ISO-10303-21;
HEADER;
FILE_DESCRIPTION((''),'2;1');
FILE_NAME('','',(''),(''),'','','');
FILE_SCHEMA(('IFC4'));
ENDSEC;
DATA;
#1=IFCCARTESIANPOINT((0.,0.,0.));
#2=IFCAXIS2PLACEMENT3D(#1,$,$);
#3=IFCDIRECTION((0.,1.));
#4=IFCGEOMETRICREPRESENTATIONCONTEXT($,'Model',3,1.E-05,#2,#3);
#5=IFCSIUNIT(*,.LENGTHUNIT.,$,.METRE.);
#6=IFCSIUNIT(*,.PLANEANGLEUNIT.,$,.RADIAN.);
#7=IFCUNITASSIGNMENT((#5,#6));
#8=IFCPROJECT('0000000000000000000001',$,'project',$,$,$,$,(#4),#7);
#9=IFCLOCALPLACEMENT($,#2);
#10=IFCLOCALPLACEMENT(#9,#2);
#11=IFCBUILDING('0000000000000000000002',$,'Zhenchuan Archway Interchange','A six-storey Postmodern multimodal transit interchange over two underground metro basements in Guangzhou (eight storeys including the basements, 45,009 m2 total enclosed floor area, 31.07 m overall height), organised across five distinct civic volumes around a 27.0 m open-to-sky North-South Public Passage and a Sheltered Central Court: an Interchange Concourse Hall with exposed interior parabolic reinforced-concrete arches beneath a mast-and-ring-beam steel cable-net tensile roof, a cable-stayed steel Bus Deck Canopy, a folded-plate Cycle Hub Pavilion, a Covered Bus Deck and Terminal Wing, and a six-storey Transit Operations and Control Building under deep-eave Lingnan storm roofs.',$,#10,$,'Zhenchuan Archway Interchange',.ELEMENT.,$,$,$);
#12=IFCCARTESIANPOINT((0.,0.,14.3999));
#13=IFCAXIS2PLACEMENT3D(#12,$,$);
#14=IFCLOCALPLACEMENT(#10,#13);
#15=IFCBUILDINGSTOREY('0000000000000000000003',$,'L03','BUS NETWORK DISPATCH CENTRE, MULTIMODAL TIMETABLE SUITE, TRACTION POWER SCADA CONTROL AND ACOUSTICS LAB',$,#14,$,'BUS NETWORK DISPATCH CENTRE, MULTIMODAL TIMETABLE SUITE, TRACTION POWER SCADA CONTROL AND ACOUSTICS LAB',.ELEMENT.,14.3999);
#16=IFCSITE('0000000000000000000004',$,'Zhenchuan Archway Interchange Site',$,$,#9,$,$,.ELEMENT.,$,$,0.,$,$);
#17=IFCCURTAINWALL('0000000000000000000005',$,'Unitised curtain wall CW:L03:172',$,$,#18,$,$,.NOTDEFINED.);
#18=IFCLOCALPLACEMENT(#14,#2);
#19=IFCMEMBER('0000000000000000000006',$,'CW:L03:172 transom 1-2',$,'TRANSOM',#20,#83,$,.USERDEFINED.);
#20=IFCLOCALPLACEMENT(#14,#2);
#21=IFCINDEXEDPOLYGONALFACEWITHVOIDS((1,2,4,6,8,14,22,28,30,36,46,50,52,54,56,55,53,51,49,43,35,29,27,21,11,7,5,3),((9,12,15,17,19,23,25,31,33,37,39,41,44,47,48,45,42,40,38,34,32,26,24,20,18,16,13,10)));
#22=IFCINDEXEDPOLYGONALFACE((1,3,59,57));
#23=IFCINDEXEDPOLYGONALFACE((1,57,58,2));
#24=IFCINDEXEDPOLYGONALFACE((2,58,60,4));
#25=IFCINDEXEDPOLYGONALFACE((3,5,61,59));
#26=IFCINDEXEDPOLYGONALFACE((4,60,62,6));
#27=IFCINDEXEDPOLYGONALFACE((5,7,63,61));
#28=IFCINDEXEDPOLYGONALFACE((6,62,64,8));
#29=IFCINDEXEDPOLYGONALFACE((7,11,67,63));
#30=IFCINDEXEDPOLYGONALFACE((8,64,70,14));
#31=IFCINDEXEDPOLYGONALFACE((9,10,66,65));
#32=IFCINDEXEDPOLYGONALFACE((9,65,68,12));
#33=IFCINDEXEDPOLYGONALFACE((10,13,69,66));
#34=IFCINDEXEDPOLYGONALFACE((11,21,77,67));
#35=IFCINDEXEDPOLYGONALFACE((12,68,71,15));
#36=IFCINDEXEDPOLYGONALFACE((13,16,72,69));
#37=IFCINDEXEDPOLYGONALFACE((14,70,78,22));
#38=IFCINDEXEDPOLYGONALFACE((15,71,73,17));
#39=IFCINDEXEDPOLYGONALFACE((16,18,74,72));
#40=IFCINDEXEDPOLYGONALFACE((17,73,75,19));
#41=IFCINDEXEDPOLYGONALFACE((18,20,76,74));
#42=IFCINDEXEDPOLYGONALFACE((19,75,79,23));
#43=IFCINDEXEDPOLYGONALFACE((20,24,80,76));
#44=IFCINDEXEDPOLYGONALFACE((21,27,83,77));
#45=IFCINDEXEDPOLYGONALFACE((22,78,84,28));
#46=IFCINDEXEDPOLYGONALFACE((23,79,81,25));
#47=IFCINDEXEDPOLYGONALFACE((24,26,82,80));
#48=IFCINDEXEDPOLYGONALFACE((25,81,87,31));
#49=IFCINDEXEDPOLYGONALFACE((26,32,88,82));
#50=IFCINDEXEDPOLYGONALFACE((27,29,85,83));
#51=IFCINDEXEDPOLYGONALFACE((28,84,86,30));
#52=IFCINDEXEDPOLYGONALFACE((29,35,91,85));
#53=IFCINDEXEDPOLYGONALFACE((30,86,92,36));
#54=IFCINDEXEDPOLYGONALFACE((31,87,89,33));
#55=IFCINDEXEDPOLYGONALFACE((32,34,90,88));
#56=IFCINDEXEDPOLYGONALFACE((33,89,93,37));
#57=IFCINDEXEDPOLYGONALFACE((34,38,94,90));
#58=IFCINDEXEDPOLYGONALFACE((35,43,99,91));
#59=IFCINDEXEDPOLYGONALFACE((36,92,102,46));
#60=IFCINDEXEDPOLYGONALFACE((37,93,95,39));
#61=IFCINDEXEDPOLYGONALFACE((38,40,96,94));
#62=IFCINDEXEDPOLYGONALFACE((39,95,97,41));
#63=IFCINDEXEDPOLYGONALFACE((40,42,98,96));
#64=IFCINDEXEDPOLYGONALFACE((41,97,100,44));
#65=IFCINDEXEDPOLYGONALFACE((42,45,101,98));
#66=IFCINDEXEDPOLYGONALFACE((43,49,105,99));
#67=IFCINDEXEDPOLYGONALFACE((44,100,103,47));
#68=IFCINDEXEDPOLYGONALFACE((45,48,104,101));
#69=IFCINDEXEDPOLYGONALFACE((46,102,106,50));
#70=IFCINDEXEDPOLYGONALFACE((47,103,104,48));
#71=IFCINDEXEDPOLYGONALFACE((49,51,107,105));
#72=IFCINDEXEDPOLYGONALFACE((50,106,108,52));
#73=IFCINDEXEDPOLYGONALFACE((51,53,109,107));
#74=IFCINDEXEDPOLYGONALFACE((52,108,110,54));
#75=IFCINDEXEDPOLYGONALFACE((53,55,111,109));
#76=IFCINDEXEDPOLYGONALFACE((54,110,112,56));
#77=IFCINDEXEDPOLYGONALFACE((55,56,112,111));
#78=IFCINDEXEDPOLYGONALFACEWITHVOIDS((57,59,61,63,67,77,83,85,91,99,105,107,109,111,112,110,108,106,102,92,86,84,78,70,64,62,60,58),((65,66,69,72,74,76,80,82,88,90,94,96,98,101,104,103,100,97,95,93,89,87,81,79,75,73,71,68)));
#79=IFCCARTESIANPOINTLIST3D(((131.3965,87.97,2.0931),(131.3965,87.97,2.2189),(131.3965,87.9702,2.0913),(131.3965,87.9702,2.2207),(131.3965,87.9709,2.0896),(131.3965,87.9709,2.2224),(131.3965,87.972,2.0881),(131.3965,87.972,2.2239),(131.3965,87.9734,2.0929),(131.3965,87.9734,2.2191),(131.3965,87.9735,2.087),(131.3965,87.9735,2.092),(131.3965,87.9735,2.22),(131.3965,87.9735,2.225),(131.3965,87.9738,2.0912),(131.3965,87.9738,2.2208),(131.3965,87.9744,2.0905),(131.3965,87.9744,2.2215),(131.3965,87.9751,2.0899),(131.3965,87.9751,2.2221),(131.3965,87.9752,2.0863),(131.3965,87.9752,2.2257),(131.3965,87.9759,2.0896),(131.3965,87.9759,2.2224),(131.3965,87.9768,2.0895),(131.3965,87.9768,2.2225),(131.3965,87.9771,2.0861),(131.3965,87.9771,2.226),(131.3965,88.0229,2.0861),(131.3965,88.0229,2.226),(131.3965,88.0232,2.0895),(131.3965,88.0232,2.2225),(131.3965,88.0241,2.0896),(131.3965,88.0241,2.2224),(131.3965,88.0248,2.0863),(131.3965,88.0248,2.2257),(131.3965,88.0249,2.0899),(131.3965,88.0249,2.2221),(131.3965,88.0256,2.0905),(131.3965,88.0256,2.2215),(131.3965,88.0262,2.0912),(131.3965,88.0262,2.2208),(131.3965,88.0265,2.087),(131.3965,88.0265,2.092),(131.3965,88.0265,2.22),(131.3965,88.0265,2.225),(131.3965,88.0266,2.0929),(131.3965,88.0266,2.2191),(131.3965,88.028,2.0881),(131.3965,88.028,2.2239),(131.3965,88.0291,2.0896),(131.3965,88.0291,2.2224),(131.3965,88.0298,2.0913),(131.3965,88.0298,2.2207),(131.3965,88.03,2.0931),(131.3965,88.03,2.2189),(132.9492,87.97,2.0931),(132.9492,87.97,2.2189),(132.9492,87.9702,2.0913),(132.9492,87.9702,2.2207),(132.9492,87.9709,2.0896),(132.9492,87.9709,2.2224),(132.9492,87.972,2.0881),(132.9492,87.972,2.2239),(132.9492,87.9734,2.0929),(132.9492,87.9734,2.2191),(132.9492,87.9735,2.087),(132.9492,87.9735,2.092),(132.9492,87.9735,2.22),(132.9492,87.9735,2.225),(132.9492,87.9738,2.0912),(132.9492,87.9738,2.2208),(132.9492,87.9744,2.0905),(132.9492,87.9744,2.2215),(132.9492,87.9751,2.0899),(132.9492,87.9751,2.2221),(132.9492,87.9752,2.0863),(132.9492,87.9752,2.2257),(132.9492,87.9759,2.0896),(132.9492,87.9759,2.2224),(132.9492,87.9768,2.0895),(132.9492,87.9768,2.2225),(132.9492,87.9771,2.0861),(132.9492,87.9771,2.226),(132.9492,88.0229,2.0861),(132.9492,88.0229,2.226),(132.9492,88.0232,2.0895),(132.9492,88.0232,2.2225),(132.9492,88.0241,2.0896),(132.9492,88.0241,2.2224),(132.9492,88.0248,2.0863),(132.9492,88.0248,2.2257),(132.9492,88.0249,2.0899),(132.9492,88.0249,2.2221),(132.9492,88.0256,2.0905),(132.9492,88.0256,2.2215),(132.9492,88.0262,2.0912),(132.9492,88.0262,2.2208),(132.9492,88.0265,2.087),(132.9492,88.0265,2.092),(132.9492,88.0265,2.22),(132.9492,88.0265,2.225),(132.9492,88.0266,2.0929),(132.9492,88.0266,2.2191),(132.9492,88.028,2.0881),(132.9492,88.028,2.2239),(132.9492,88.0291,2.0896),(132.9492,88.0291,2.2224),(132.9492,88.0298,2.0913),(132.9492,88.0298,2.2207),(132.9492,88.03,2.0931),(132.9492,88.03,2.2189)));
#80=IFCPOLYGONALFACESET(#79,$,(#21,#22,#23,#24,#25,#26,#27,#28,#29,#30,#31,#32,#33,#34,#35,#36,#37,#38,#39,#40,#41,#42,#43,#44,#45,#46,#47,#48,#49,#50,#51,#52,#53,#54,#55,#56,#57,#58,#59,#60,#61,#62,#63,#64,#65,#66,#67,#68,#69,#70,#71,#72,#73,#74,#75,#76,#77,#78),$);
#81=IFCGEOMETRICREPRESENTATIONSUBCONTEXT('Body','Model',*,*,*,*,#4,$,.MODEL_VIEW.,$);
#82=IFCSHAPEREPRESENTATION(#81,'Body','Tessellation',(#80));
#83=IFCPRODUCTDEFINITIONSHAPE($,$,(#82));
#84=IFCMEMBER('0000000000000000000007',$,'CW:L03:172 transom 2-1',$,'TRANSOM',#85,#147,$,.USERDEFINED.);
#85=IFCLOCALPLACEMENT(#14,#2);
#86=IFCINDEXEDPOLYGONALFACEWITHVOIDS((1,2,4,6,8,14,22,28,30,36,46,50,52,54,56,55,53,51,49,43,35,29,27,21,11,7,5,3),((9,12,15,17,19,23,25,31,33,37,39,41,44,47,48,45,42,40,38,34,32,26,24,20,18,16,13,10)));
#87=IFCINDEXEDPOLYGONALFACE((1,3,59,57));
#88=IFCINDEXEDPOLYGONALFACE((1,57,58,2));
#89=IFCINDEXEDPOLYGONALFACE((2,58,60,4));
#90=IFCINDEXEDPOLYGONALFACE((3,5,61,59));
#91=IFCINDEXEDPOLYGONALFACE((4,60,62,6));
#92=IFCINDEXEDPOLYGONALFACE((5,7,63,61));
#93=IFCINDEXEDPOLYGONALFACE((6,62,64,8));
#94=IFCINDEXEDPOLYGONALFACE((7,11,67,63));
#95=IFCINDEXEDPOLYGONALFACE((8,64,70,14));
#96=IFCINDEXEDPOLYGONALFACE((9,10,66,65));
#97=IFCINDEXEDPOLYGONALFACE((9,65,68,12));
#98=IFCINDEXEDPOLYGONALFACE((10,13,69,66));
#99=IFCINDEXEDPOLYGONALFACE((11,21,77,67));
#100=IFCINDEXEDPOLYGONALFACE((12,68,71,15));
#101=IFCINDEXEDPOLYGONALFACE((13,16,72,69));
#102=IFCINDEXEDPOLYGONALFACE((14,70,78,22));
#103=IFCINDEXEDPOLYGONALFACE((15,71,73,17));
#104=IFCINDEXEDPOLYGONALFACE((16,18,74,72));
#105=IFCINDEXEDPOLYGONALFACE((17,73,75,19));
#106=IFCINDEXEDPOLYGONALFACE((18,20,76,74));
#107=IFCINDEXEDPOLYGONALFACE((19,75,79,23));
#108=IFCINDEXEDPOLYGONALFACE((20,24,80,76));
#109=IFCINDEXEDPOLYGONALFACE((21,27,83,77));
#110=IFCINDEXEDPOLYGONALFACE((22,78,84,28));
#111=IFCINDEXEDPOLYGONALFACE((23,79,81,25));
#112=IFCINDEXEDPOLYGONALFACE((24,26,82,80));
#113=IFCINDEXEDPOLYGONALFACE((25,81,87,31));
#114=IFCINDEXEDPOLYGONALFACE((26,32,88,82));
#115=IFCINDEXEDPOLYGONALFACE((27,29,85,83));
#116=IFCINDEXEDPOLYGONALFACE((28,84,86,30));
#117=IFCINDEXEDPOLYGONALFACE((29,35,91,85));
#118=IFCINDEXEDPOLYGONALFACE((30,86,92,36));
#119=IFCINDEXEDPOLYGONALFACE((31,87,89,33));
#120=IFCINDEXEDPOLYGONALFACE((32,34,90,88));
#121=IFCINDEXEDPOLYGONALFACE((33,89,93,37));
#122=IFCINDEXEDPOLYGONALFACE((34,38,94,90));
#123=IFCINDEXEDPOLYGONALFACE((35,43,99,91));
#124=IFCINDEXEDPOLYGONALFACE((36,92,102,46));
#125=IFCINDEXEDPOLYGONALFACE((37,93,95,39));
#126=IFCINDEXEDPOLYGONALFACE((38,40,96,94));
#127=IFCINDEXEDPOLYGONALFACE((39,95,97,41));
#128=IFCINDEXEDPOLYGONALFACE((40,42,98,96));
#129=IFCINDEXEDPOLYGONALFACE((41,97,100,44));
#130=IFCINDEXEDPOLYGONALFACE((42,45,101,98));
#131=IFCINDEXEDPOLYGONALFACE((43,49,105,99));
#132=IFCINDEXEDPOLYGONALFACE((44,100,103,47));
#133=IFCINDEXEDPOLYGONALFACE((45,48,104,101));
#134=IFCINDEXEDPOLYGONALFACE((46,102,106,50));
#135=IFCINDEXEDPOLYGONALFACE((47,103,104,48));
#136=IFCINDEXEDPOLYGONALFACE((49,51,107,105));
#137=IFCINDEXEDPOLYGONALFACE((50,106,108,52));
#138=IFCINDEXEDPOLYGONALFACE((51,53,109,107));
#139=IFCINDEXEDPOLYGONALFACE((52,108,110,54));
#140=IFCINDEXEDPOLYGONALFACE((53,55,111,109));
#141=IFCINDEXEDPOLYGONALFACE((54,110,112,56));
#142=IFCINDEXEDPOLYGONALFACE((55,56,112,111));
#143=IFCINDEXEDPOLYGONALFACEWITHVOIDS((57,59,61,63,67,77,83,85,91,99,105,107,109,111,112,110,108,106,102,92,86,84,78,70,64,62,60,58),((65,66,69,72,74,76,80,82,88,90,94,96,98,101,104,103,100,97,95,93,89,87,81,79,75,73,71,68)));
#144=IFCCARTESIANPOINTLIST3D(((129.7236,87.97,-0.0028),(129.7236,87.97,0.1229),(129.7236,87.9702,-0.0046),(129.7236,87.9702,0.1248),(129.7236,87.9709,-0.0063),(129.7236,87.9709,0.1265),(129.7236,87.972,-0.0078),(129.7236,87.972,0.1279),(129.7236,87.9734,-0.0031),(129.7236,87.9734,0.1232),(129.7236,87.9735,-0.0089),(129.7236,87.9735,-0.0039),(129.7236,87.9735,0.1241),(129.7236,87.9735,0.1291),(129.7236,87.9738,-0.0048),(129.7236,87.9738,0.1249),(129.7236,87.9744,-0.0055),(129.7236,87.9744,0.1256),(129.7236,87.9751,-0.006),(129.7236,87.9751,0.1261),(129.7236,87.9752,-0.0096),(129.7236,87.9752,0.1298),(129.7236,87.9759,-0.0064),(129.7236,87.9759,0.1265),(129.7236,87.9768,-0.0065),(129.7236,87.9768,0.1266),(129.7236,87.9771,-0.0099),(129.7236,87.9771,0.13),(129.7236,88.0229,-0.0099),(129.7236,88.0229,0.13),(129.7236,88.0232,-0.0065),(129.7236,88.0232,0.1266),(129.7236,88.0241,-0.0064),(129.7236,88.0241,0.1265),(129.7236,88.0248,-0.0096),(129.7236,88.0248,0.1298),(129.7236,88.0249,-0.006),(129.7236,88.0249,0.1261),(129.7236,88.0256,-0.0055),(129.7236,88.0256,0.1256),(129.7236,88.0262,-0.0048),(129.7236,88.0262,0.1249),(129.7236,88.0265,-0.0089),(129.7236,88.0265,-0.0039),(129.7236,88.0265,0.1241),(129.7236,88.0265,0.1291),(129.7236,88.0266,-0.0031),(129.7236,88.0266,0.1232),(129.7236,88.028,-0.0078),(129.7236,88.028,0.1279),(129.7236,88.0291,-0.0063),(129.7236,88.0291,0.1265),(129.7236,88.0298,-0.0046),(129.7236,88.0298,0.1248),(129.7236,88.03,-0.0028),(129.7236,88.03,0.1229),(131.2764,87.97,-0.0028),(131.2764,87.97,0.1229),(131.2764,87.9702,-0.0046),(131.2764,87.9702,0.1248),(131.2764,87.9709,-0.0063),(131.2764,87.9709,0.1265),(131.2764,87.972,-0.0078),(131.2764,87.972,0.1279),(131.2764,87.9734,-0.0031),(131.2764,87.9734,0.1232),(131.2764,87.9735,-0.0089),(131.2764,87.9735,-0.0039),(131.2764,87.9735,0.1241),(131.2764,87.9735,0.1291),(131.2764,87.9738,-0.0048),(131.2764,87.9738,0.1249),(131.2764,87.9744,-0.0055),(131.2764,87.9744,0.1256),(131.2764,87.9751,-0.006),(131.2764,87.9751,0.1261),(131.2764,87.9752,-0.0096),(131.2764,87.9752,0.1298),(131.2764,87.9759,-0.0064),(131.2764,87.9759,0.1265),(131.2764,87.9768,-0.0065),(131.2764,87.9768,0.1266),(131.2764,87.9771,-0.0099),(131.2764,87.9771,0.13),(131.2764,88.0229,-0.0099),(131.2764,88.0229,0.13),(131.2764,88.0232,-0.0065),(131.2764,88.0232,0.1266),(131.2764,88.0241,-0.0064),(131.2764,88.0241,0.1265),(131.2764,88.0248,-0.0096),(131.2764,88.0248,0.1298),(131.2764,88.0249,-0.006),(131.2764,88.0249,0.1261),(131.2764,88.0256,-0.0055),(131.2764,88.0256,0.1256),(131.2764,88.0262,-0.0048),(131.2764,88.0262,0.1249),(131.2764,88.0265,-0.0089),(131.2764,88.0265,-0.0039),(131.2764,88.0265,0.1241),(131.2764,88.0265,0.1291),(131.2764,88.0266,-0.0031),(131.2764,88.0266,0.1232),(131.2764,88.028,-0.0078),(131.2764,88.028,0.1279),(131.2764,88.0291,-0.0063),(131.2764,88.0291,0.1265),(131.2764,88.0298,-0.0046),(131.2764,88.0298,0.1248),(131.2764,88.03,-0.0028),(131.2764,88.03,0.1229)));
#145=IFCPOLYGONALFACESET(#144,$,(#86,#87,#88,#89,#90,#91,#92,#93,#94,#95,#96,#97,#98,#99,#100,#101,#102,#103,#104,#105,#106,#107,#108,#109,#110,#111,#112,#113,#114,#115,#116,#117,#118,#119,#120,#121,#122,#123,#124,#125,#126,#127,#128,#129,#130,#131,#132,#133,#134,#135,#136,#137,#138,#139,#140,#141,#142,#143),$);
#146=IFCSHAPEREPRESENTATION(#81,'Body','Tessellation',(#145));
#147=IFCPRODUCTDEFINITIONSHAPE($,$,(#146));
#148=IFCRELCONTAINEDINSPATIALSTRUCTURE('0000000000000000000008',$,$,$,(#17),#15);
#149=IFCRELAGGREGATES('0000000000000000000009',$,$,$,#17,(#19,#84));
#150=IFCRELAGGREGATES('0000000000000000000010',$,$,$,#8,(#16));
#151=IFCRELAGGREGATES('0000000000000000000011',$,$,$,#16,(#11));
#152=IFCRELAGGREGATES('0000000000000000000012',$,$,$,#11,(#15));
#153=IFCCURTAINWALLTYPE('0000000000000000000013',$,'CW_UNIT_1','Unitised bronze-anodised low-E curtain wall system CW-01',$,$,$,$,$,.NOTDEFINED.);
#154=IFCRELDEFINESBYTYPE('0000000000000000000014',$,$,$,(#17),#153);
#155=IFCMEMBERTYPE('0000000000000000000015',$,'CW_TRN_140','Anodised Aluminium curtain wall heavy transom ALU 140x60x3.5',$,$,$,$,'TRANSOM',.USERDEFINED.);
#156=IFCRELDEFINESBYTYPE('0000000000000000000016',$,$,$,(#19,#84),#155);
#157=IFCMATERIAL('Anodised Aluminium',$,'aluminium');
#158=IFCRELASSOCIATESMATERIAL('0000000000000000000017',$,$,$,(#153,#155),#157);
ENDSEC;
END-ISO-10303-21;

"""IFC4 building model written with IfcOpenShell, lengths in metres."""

from ifc_helpers import new_model, si_unit, direction, frame, origin, origin_2d, place, context, subcontext, project, spatial, hollow_rectangle, extrude, material, material_profile, profile_set, type_object, element, aggregate, save


model = new_model("IFC4")

# Units and contexts
model_context = context("Model", 3, precision=1e-05, world=origin(), true_north=direction((0.0, 1.0)))
body_context = subcontext(model_context, "Body", "Model", "MODEL_VIEW")
ifc_project = project(units=[si_unit("LENGTHUNIT", "METRE"), si_unit("PLANEANGLEUNIT", "RADIAN")], contexts=[model_context])

# Site, building, storey
site_placement = place(None, origin())
site = spatial("IfcSite", under=ifc_project, at=site_placement, Name="Zhenchuan Archway Interchange Site", CompositionType="ELEMENT", RefElevation=0.0)
building_placement = place(site_placement, origin())
building = spatial("IfcBuilding", under=site, at=building_placement, Name="Zhenchuan Archway Interchange", Description="A six-storey Postmodern multimodal transit interchange over two underground metro basements in Guangzhou (eight storeys including the basements, 45,009 m2 total enclosed floor area, 31.07 m overall height), organised across five distinct civic volumes around a 27.0 m open-to-sky North-South Public Passage and a Sheltered Central Court: an Interchange Concourse Hall with exposed interior parabolic reinforced-concrete arches beneath a mast-and-ring-beam steel cable-net tensile roof, a cable-stayed steel Bus Deck Canopy, a folded-plate Cycle Hub Pavilion, a Covered Bus Deck and Terminal Wing, and a six-storey Transit Operations and Control Building under deep-eave Lingnan storm roofs.", LongName="Zhenchuan Archway Interchange", CompositionType="ELEMENT")
storey_placement = place(building_placement, frame((0.0, 0.0, 14.3999)))
storey = spatial("IfcBuildingStorey", under=building, at=storey_placement, Name="L03", Description="BUS NETWORK DISPATCH CENTRE, MULTIMODAL TIMETABLE SUITE, TRACTION POWER SCADA CONTROL AND ACOUSTICS LAB", LongName="BUS NETWORK DISPATCH CENTRE, MULTIMODAL TIMETABLE SUITE, TRACTION POWER SCADA CONTROL AND ACOUSTICS LAB", CompositionType="ELEMENT", Elevation=14.3999)

# Curtain wall
ifc_material_1 = material(Name="Anodised Aluminium", Category="aluminium")
curtain_wall_type_1 = type_object("IfcCurtainWallType", Name="CW_UNIT_1", Description="Unitised bronze-anodised low-E curtain wall system CW-01", PredefinedType="NOTDEFINED", material=ifc_material_1)
curtain_wall_1_placement = place(storey_placement, origin())
curtain_wall_1 = element("IfcCurtainWall", 1, at=curtain_wall_1_placement, inside=storey, type_object=curtain_wall_type_1, Name="Unitised curtain wall CW:L03:172", PredefinedType="NOTDEFINED")

# Members
ifc_material_profile_1 = material_profile(ifc_material_1, hollow_rectangle(XDim=0.0601, YDim=0.1399, WallThickness=0.0034, InnerFilletRadius=0.0034, OuterFilletRadius=0.0071, at=origin_2d()), Name="ALU 140x60x3.5")
ifc_profile_set_1 = profile_set([ifc_material_profile_1], Name="Anodised Aluminium")
member_type_1 = type_object("IfcMemberType", Name="CW_TRN_140", Description="Anodised Aluminium curtain wall heavy transom ALU 140x60x3.5", ElementType="TRANSOM", PredefinedType="USERDEFINED", material=ifc_profile_set_1)
member_1_placement = place(storey_placement, frame((132.9492, 88.0, 2.156), z_axis=(-1.0, 0.0, 0.0), x_axis=(0.0, -1.0, 0.0)))
member_1 = element("IfcMember", 2, at=member_1_placement, type_object=member_type_1, Name="CW:L03:172 transom 1-2", ObjectType="TRANSOM", PredefinedType="USERDEFINED", context=body_context, shape_type="SweptSolid", body=[
    extrude(hollow_rectangle(XDim=0.0601, YDim=0.1399, WallThickness=0.0034, InnerFilletRadius=0.0034, OuterFilletRadius=0.0071, at=origin_2d()), origin(), (0.0, 0.0, 1.0), 1.5527),
])
member_2_placement = place(storey_placement, frame((131.2764, 88.0, 0.0601), z_axis=(-1.0, 0.0, 0.0), x_axis=(0.0, -1.0, 0.0)))
member_2 = element("IfcMember", 3, at=member_2_placement, type_object=member_type_1, Name="CW:L03:172 transom 2-1", ObjectType="TRANSOM", PredefinedType="USERDEFINED", context=body_context, shape_type="SweptSolid", body=[
    extrude(hollow_rectangle(XDim=0.0601, YDim=0.1399, WallThickness=0.0034, InnerFilletRadius=0.0034, OuterFilletRadius=0.0071, at=origin_2d()), origin(), (0.0, 0.0, 1.0), 1.5527),
])

aggregate(curtain_wall_1, [member_1, member_2])

save(model, "model.ifc")
